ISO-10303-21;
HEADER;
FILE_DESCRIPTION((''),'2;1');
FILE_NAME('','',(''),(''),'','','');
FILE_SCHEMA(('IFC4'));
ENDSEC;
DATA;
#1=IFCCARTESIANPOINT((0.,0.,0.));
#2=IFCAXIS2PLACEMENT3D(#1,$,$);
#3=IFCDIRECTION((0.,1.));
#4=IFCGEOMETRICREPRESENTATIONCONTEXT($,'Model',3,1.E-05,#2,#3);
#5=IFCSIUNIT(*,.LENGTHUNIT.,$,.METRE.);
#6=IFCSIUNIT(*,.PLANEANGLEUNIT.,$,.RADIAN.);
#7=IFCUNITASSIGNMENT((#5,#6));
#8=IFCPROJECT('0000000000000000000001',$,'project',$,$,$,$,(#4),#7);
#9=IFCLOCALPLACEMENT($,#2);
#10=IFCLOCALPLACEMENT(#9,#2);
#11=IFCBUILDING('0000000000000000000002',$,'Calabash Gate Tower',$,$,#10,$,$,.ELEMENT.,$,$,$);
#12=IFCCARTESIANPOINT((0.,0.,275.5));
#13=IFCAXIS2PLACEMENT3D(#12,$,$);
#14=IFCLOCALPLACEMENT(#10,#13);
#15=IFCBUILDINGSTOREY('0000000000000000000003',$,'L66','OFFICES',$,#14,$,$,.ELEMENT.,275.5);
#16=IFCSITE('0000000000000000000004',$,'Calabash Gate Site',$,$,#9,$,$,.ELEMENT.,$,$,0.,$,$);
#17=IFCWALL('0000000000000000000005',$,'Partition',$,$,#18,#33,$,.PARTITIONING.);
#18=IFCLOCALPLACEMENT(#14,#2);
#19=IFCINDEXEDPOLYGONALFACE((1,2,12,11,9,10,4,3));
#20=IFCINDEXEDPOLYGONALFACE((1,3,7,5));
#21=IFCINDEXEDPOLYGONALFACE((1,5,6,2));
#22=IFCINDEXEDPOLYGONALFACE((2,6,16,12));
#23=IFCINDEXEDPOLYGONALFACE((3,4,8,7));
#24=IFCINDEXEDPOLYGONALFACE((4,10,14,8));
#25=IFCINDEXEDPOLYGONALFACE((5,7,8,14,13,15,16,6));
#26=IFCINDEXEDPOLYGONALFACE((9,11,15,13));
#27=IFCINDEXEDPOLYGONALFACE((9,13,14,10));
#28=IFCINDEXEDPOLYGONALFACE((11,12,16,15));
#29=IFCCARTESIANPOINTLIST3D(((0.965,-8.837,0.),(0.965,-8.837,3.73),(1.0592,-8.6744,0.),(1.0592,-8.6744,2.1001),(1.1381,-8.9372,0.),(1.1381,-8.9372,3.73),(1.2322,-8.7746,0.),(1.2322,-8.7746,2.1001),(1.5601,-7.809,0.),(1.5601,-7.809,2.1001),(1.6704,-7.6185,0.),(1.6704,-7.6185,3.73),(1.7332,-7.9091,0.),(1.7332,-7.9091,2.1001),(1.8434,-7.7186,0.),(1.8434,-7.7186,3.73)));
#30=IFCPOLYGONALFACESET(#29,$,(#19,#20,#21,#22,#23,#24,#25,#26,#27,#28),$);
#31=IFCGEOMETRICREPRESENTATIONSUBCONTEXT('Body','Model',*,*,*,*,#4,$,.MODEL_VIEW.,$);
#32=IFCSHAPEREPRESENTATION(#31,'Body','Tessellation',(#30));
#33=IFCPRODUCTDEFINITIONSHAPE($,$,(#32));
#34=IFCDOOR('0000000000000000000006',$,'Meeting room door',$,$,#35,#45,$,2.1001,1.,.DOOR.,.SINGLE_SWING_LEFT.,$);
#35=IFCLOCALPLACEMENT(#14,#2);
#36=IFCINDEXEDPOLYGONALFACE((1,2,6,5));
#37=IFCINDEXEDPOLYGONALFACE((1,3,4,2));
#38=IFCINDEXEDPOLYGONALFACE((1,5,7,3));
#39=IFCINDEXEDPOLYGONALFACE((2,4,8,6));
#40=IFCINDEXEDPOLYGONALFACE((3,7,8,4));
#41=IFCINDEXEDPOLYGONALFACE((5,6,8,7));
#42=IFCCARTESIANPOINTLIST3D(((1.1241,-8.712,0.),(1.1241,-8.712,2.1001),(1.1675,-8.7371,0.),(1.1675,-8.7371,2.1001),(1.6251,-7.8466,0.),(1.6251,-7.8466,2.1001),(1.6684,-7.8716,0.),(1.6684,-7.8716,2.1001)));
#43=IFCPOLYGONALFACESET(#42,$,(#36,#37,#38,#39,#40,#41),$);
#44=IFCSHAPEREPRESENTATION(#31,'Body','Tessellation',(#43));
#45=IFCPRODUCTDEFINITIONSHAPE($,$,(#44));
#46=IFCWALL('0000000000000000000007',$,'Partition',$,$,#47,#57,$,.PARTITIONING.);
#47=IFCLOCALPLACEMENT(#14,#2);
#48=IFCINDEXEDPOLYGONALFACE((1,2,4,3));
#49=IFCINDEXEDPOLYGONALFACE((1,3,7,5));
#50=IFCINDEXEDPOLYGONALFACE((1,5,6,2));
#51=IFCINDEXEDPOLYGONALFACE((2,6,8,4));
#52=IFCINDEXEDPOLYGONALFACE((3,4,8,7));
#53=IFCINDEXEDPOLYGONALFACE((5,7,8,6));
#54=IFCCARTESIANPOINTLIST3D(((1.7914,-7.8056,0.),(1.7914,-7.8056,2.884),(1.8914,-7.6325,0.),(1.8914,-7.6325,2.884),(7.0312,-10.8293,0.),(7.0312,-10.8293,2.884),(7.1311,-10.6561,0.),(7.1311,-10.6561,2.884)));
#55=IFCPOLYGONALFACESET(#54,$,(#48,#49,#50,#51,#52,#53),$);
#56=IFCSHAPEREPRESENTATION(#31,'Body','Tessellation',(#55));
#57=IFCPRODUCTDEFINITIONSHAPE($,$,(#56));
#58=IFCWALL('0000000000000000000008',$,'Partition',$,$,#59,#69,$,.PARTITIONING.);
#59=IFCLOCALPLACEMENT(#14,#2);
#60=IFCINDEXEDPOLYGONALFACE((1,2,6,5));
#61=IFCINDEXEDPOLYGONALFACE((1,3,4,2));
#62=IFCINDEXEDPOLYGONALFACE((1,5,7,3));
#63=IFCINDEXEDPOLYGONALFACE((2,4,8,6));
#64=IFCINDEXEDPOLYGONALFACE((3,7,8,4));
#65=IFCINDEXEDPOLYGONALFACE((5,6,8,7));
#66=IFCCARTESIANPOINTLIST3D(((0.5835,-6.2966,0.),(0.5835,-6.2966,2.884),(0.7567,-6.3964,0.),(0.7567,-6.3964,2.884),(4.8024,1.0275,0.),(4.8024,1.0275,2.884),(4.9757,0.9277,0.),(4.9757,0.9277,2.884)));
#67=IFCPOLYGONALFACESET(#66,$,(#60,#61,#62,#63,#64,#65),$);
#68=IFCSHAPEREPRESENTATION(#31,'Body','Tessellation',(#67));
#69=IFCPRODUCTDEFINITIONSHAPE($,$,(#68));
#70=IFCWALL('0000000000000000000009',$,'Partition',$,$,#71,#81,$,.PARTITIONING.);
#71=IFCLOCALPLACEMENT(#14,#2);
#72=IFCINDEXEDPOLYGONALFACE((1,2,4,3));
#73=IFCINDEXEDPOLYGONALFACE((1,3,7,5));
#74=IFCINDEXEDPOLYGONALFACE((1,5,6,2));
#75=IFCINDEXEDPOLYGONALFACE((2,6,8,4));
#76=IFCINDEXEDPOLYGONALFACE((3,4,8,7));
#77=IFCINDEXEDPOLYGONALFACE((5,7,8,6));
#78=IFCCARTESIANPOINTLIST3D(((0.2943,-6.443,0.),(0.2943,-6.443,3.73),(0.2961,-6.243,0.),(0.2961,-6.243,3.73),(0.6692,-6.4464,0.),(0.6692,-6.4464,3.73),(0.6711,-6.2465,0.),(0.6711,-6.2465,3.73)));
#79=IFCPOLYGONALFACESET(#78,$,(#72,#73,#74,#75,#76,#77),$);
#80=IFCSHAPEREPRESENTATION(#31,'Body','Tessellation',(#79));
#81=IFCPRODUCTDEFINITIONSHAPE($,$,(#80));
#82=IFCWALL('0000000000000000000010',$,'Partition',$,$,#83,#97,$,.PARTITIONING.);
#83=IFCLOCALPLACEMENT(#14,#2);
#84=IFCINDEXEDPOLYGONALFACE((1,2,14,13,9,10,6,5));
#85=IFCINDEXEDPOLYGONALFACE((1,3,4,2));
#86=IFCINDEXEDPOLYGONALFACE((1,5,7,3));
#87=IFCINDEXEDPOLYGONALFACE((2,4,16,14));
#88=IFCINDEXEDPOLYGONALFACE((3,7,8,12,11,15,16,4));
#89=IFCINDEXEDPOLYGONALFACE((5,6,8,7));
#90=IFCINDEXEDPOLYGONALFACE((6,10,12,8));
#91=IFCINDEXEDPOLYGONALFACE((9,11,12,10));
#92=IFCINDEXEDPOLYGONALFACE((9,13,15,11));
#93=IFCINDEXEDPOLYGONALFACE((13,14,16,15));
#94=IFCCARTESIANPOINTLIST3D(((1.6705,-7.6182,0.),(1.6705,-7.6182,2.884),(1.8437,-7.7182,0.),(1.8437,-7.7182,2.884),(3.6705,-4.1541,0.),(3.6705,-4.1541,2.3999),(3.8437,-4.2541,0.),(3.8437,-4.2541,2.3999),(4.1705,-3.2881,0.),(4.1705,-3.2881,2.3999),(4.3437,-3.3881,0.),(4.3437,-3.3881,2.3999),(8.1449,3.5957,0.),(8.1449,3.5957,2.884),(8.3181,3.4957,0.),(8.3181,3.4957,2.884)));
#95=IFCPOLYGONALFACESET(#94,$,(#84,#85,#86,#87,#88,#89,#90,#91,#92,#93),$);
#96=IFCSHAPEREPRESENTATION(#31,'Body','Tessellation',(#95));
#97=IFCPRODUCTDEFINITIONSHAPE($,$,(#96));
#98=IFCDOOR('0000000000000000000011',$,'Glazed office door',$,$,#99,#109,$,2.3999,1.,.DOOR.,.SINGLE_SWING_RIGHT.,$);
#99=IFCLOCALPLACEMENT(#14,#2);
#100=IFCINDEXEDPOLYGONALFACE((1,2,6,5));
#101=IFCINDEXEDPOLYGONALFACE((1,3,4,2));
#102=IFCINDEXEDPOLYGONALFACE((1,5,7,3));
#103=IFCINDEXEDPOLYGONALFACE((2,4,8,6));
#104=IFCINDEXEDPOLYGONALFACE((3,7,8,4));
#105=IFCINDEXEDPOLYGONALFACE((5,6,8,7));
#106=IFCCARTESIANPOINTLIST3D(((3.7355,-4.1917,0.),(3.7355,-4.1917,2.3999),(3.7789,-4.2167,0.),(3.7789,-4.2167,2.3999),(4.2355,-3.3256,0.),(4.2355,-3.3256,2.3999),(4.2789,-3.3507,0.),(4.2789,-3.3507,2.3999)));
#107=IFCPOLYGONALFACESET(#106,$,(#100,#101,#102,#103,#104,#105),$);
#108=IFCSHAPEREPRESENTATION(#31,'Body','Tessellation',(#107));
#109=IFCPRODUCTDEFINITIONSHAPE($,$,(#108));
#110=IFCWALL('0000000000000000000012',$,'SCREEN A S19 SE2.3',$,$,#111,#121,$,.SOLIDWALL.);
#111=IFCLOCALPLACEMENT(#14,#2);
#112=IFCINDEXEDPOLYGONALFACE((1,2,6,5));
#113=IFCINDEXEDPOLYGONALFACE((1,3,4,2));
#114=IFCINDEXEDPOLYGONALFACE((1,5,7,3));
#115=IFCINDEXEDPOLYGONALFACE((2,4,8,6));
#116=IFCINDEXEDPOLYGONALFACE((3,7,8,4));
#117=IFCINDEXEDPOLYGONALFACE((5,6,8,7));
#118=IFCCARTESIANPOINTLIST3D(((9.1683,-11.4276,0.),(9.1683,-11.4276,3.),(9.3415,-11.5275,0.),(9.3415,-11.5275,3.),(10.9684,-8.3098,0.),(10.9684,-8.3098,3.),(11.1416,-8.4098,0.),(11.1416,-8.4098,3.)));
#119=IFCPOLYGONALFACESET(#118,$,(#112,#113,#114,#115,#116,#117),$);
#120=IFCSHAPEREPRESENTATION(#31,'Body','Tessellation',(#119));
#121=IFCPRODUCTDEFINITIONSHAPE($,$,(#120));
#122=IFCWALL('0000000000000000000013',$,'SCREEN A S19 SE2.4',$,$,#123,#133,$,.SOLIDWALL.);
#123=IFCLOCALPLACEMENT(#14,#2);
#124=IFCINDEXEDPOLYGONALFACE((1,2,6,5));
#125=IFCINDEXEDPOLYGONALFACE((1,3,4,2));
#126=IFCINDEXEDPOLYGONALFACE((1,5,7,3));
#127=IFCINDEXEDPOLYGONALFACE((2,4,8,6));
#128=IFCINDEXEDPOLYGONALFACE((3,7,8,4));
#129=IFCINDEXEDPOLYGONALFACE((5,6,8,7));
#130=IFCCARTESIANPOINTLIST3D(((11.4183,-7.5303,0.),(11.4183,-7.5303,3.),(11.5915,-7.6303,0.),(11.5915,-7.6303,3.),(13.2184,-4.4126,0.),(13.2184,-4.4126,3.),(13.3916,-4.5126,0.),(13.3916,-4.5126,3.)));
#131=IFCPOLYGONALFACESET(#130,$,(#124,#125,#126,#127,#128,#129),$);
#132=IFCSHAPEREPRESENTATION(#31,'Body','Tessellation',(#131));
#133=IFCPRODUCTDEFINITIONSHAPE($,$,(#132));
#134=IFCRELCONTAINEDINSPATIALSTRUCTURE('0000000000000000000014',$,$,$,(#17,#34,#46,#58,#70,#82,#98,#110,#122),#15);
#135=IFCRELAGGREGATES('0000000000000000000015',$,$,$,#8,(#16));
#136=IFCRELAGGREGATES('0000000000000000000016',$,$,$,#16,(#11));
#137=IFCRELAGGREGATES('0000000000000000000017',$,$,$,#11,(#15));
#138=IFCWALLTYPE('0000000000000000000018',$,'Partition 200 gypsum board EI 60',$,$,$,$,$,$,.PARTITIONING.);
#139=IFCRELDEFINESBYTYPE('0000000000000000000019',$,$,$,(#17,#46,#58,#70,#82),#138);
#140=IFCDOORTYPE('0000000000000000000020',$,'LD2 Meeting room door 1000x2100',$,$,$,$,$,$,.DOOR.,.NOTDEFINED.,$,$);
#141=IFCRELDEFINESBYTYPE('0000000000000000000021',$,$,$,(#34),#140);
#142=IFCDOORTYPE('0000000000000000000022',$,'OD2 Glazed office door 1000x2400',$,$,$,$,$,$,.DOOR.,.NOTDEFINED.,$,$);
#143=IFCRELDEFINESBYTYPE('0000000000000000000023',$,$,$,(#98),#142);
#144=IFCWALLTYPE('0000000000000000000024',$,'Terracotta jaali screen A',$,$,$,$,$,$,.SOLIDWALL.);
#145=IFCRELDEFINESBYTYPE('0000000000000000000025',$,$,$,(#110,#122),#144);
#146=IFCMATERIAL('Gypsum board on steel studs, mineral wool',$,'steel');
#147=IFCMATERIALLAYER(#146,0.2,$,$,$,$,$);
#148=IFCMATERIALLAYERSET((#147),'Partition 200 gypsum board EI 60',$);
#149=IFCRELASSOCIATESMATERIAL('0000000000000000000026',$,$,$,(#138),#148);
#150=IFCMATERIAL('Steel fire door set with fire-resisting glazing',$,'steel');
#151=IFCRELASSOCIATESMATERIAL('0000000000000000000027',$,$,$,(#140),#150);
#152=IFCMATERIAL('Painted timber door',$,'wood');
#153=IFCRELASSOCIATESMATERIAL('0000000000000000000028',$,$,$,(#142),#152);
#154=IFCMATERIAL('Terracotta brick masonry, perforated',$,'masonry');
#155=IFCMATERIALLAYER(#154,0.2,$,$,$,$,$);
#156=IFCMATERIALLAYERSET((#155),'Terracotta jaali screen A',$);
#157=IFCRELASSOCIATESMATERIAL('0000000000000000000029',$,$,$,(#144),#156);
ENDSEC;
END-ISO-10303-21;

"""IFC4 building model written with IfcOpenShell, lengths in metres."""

from ifc_helpers import new_model, si_unit, direction, frame, frame_2d, origin, place, context, subcontext, project, spatial, rectangle, extrude, material, layer, layer_set, type_object, element, fill, save


model = new_model("IFC4")

# Units and contexts
model_context = context("Model", 3, precision=1e-05, world=origin(), true_north=direction((0.0, 1.0)))
body_context = subcontext(model_context, "Body", "Model", "MODEL_VIEW")
ifc_project = project(units=[si_unit("LENGTHUNIT", "METRE"), si_unit("PLANEANGLEUNIT", "RADIAN")], contexts=[model_context])

# Site, building, storey
site_placement = place(None, origin())
site = spatial("IfcSite", under=ifc_project, at=site_placement, Name="Calabash Gate Site", CompositionType="ELEMENT", RefElevation=0.0)
building_placement = place(site_placement, origin())
building = spatial("IfcBuilding", under=site, at=building_placement, Name="Calabash Gate Tower", CompositionType="ELEMENT")
storey_placement = place(building_placement, frame((0.0, 0.0, 275.5)))
storey = spatial("IfcBuildingStorey", under=building, at=storey_placement, Name="L66", Description="OFFICES", CompositionType="ELEMENT", Elevation=275.5)

# Shared definitions
ifc_material_1 = material(Name="Gypsum board on steel studs, mineral wool", Category="steel")
ifc_layer_1 = layer(ifc_material_1, 0.2)
ifc_layer_set_1 = layer_set([ifc_layer_1], Name="Partition 200 gypsum board EI 60")
wall_type_1 = type_object("IfcWallType", Name="Partition 200 gypsum board EI 60", PredefinedType="PARTITIONING", material=ifc_layer_set_1)

# Wall, opening, door
wall_1_placement = place(storey_placement, frame((1.0515, -8.8872, 0.0), z_axis=(0.0, 0.0, 1.0), x_axis=(0.500968, 0.865466, 0.0)))
wall_1 = element("IfcWall", 1, at=wall_1_placement, inside=storey, type_object=wall_type_1, Name="Partition", PredefinedType="PARTITIONING", context=body_context, shape_type="SweptSolid", body=[
    extrude(rectangle(XDim=1.408, YDim=0.2, at=frame_2d((0.7041, 0.0))), origin(), (0.0, 0.0, 1.0), 3.73),
])
opening_1_placement = place(wall_1_placement, frame((0.188, 0.0, 0.0)))
opening_1 = element("IfcOpeningElement", 2, at=opening_1_placement, cuts=wall_1, PredefinedType="OPENING", context=body_context, shape_type="SweptSolid", body=[
    extrude(rectangle(XDim=1.0, YDim=2.1001, at=frame_2d((0.5, 1.05))), frame((0.0, 0.1099, 0.0), z_axis=(0.0, -1.0, 0.0), x_axis=(1.0, 0.0, 0.0)), (0.0, 0.0, 1.0), 0.22),
])
ifc_material_2 = material(Name="Steel fire door set with fire-resisting glazing", Category="steel")
door_type_1 = type_object("IfcDoorType", Name="LD2 Meeting room door 1000x2100", OperationType="NOTDEFINED", PredefinedType="DOOR", material=ifc_material_2)
door_1_placement = place(opening_1_placement, origin())
door_1 = element("IfcDoor", 3, at=door_1_placement, inside=storey, type_object=door_type_1, Name="Meeting room door", OperationType="SINGLE_SWING_LEFT", OverallHeight=2.1001, OverallWidth=1.0, PredefinedType="DOOR", context=body_context, shape_type="SweptSolid", body=[
    extrude(rectangle(XDim=1.0, YDim=2.1001, at=frame_2d((0.5, 1.05))), frame((0.0, 0.0249, 0.0), z_axis=(0.0, -1.0, 0.0), x_axis=(1.0, 0.0, 0.0)), (0.0, 0.0, 1.0), 0.05),
])
fill(opening_1, door_1)

# Walls
wall_2_placement = place(storey_placement, frame((1.8413, -7.719, 0.0), z_axis=(0.0, 0.0, 1.0), x_axis=(0.866132, -0.499816, 0.0)))
element("IfcWall", 4, at=wall_2_placement, inside=storey, type_object=wall_type_1, Name="Partition", PredefinedType="PARTITIONING", context=body_context, shape_type="SweptSolid", body=[
    extrude(rectangle(XDim=6.0496, YDim=0.2, at=frame_2d((3.0249, 0.0))), origin(), (0.0, 0.0, 1.0), 2.884),
])
wall_3_placement = place(storey_placement, frame((0.6702, -6.3464, 0.0), z_axis=(0.0, 0.0, 1.0), x_axis=(0.499144, 0.866519, 0.0)))
element("IfcWall", 5, at=wall_3_placement, inside=storey, type_object=wall_type_1, Name="Partition", PredefinedType="PARTITIONING", context=body_context, shape_type="SweptSolid", body=[
    extrude(rectangle(XDim=8.4524, YDim=0.2, at=frame_2d((4.2261, 0.0))), origin(), (0.0, 0.0, 1.0), 2.884),
])
wall_4_placement = place(storey_placement, frame((0.2952, -6.343, 0.0), z_axis=(0.0, 0.0, 1.0), x_axis=(0.999958, -0.009114, 0.0)))
element("IfcWall", 6, at=wall_4_placement, inside=storey, type_object=wall_type_1, Name="Partition", PredefinedType="PARTITIONING", context=body_context, shape_type="SweptSolid", body=[
    extrude(rectangle(XDim=0.375, YDim=0.2, at=frame_2d((0.1875, 0.0))), origin(), (0.0, 0.0, 1.0), 3.73),
])

# Wall, opening, door
wall_5_placement = place(storey_placement, frame((1.7571, -7.6682, 0.0), z_axis=(0.0, 0.0, 1.0), x_axis=(0.500002, 0.866024, 0.0)))
wall_5 = element("IfcWall", 7, at=wall_5_placement, inside=storey, type_object=wall_type_1, Name="Partition", PredefinedType="PARTITIONING", context=body_context, shape_type="SweptSolid", body=[
    extrude(rectangle(XDim=12.9487, YDim=0.2, at=frame_2d((6.4744, 0.0))), origin(), (0.0, 0.0, 1.0), 2.884),
])
opening_2_placement = place(wall_5_placement, frame((4.0, 0.0, 0.0)))
opening_2 = element("IfcOpeningElement", 8, at=opening_2_placement, cuts=wall_5, PredefinedType="OPENING", context=body_context, shape_type="SweptSolid", body=[
    extrude(rectangle(XDim=1.0, YDim=2.3999, at=frame_2d((0.5, 1.2))), frame((0.0, 0.1099, 0.0), z_axis=(0.0, -1.0, 0.0), x_axis=(1.0, 0.0, 0.0)), (0.0, 0.0, 1.0), 0.22),
])
ifc_material_3 = material(Name="Painted timber door", Category="wood")
door_type_2 = type_object("IfcDoorType", Name="OD2 Glazed office door 1000x2400", OperationType="NOTDEFINED", PredefinedType="DOOR", material=ifc_material_3)
door_2_placement = place(opening_2_placement, origin())
door_2 = element("IfcDoor", 9, at=door_2_placement, inside=storey, type_object=door_type_2, Name="Glazed office door", OperationType="SINGLE_SWING_RIGHT", OverallHeight=2.3999, OverallWidth=1.0, PredefinedType="DOOR", context=body_context, shape_type="SweptSolid", body=[
    extrude(rectangle(XDim=1.0, YDim=2.3999, at=frame_2d((0.5, 1.2))), frame((0.0, 0.0249, 0.0), z_axis=(0.0, -1.0, 0.0), x_axis=(1.0, 0.0, 0.0)), (0.0, 0.0, 1.0), 0.05),
])
fill(opening_2, door_2)

# Walls
ifc_material_4 = material(Name="Terracotta brick masonry, perforated", Category="masonry")
ifc_layer_2 = layer(ifc_material_4, 0.2)
ifc_layer_set_2 = layer_set([ifc_layer_2], Name="Terracotta jaali screen A")
wall_type_2 = type_object("IfcWallType", Name="Terracotta jaali screen A", PredefinedType="SOLIDWALL", material=ifc_layer_set_2)
for number, where, z_axis, x_axis, name in (
    (10, (9.2549, -11.4775, 0.0), (0.0, 0.0, 1.0), (0.500012, 0.866018, 0.0), "SCREEN A S19 SE2.3"),
    (11, (11.5049, -7.5803, 0.0), (0.0, 0.0, 1.0), (0.500012, 0.866018, 0.0), "SCREEN A S19 SE2.4"),
):
    element("IfcWall", number, at=place(storey_placement, frame(where, z_axis=z_axis, x_axis=x_axis)), inside=storey, type_object=wall_type_2, Name=name, PredefinedType="SOLIDWALL", context=body_context, shape_type="SweptSolid", body=[
        extrude(rectangle(XDim=3.6001, YDim=0.2, at=frame_2d((1.8, 0.0))), origin(), (0.0, 0.0, 1.0), 3.0),
    ])

save(model, "model.ifc")
